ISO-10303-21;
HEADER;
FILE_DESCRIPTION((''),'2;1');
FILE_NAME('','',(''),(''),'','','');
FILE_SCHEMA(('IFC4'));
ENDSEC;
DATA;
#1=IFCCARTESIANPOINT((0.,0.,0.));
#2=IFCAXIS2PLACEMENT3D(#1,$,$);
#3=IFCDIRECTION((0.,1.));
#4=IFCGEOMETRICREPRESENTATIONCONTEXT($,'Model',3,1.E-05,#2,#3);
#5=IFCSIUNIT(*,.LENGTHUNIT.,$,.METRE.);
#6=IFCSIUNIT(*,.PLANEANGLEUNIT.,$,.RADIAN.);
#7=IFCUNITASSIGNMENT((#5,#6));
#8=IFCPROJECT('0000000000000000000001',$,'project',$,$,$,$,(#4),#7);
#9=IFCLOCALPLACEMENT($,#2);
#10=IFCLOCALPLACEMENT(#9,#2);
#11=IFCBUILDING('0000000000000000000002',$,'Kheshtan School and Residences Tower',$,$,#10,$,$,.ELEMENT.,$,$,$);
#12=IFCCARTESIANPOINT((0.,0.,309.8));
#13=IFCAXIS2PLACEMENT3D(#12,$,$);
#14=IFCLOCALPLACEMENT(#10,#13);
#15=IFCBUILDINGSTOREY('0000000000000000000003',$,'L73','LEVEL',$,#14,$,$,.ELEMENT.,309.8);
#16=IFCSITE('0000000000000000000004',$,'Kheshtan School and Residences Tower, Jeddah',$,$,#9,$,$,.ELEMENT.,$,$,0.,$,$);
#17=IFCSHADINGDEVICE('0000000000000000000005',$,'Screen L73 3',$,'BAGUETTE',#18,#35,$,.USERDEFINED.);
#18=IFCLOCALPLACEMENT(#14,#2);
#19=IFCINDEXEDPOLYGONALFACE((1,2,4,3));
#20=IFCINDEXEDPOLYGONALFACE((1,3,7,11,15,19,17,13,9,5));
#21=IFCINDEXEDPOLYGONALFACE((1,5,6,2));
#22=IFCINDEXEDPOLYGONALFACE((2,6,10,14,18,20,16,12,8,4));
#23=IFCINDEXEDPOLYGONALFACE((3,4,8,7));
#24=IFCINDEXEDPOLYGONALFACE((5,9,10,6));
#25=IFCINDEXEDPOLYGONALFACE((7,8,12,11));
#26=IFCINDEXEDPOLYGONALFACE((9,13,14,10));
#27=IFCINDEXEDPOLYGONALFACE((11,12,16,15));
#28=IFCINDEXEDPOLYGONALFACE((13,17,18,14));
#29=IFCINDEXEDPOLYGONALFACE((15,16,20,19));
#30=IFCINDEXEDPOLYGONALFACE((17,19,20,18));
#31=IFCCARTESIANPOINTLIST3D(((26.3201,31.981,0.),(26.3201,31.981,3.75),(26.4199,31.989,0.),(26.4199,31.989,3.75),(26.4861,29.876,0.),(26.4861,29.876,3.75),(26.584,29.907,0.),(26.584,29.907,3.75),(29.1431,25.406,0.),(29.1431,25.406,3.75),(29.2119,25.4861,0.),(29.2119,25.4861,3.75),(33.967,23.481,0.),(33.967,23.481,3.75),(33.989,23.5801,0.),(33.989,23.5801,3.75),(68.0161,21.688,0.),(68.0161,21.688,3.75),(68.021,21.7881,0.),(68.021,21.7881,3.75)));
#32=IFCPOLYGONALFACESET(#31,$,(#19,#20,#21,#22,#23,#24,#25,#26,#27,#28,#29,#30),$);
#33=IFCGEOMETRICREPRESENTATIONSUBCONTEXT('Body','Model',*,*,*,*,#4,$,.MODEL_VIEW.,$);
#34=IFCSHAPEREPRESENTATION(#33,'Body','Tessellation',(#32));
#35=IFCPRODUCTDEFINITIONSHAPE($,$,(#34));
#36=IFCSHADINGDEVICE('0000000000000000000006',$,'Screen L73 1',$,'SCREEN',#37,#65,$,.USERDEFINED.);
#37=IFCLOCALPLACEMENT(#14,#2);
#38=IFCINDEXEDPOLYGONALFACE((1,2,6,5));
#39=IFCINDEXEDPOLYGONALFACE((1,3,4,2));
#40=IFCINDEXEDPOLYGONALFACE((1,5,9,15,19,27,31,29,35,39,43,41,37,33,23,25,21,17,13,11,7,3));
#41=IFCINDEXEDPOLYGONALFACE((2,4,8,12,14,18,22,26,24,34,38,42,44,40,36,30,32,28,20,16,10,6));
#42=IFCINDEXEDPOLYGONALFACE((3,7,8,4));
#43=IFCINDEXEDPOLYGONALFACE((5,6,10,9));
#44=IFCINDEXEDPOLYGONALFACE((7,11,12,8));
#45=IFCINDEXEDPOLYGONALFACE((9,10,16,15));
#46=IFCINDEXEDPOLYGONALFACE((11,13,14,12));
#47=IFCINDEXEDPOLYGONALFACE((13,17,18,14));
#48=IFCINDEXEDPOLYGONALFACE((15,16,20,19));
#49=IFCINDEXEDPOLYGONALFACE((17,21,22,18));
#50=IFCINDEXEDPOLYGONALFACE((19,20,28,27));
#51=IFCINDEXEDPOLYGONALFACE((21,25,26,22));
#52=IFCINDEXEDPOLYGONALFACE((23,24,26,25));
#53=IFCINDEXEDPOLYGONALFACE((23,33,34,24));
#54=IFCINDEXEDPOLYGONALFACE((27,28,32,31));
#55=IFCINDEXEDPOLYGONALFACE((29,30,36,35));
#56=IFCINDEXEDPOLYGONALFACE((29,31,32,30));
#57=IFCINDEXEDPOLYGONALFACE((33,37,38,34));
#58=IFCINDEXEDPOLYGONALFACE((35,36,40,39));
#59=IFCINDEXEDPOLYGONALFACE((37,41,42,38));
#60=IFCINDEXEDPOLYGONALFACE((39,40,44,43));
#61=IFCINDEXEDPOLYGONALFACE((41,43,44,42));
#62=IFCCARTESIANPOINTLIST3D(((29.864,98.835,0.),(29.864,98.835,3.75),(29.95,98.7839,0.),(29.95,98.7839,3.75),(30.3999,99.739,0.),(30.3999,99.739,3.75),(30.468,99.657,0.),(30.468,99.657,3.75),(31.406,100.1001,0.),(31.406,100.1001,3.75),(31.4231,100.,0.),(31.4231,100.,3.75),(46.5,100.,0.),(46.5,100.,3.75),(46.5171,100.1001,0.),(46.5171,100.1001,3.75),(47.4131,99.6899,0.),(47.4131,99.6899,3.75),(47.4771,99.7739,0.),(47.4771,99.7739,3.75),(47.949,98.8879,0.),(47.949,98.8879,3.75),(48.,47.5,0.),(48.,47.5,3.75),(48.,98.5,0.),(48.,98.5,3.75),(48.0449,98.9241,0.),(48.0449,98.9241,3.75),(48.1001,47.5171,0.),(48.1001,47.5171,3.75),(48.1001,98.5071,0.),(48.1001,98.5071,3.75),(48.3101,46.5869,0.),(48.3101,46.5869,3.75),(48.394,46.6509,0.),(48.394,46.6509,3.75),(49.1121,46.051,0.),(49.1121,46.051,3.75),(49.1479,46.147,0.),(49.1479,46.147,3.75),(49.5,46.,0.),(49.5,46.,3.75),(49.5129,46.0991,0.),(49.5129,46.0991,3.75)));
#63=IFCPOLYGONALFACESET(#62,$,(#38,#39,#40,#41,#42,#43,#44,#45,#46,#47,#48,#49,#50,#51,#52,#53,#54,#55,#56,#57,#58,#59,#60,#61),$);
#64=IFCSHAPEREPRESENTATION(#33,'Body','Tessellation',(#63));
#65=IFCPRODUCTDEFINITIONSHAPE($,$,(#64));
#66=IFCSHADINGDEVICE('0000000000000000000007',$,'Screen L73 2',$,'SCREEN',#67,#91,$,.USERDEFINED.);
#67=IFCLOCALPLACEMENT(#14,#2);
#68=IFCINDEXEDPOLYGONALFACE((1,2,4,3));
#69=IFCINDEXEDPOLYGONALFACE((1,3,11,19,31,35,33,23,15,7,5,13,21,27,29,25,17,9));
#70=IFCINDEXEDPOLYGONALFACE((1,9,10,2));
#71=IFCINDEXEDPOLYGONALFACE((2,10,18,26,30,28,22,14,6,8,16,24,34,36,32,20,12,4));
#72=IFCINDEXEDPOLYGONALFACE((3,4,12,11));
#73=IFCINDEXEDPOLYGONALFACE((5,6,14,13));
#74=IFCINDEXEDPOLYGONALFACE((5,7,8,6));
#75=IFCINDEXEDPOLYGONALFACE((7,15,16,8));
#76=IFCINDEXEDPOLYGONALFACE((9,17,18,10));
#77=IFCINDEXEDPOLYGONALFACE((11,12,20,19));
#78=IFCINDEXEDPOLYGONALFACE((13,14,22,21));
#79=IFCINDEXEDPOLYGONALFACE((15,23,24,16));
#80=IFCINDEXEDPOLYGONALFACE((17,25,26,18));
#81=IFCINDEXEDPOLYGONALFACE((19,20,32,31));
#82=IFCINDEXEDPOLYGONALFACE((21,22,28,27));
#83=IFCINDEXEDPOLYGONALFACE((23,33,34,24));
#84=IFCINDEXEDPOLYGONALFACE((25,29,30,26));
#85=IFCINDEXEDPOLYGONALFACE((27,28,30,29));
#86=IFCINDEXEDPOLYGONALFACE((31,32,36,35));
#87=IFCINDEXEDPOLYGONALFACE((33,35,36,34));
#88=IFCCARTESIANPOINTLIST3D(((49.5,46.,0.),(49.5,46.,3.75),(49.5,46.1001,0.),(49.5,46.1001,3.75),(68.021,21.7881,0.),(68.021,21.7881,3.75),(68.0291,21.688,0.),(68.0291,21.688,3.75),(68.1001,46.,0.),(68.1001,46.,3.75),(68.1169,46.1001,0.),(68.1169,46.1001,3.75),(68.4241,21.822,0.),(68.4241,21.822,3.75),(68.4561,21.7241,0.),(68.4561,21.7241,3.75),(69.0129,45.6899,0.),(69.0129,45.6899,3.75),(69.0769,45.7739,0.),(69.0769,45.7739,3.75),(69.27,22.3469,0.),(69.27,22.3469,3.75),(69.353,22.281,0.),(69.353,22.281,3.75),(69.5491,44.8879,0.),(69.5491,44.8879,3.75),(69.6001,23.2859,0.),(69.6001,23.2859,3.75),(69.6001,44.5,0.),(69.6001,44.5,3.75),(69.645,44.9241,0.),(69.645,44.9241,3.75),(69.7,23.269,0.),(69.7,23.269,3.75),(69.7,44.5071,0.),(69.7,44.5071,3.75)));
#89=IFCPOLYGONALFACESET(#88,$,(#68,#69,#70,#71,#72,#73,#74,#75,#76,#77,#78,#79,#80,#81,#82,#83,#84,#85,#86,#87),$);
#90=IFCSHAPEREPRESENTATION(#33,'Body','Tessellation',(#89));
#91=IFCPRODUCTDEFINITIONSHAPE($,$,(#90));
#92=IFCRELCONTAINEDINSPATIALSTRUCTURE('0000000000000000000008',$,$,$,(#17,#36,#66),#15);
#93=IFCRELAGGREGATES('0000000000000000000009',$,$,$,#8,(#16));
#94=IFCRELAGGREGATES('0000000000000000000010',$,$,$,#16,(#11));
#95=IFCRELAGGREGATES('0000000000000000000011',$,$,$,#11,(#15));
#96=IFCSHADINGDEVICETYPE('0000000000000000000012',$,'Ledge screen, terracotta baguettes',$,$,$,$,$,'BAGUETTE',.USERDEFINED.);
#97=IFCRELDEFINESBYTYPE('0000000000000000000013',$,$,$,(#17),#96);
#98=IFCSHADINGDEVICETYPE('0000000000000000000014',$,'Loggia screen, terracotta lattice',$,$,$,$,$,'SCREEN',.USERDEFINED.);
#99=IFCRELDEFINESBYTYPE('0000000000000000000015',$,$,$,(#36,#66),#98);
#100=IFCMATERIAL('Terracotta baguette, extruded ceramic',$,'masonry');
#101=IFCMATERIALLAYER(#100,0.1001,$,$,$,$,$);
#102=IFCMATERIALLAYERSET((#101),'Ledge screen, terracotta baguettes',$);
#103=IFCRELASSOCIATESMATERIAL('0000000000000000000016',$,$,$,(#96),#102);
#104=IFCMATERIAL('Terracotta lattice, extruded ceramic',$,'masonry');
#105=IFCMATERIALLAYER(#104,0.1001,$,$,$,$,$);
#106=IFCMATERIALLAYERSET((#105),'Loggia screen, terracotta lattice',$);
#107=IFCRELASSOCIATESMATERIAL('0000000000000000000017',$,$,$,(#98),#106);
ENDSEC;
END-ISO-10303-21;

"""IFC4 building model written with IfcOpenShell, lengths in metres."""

from ifc_helpers import new_model, si_unit, direction, frame, origin, place, context, subcontext, project, spatial, polyline, outline, extrude, material, layer, layer_set, type_object, element, save


model = new_model("IFC4")

# Units and contexts
model_context = context("Model", 3, precision=1e-05, world=origin(), true_north=direction((0.0, 1.0)))
body_context = subcontext(model_context, "Body", "Model", "MODEL_VIEW")
ifc_project = project(units=[si_unit("LENGTHUNIT", "METRE"), si_unit("PLANEANGLEUNIT", "RADIAN")], contexts=[model_context])

# Site, building, storey
site_placement = place(None, origin())
site = spatial("IfcSite", under=ifc_project, at=site_placement, Name="Kheshtan School and Residences Tower, Jeddah", CompositionType="ELEMENT", RefElevation=0.0)
building_placement = place(site_placement, origin())
building = spatial("IfcBuilding", under=site, at=building_placement, Name="Kheshtan School and Residences Tower", CompositionType="ELEMENT")
storey_placement = place(building_placement, frame((0.0, 0.0, 309.8)))
storey = spatial("IfcBuildingStorey", under=building, at=storey_placement, Name="L73", Description="LEVEL", CompositionType="ELEMENT", Elevation=309.8)

# Shading devices
ifc_material_1 = material(Name="Terracotta baguette, extruded ceramic", Category="masonry")
ifc_layer_1 = layer(ifc_material_1, 0.1001)
ifc_layer_set_1 = layer_set([ifc_layer_1], Name="Ledge screen, terracotta baguettes")
shading_device_type_1 = type_object("IfcShadingDeviceType", Name="Ledge screen, terracotta baguettes", ElementType="BAGUETTE", PredefinedType="USERDEFINED", material=ifc_layer_set_1)
shading_device_1_placement = place(storey_placement, origin())
element("IfcShadingDevice", 1, at=shading_device_1_placement, inside=storey, type_object=shading_device_type_1, Name="Screen L73 3", ObjectType="BAGUETTE", PredefinedType="USERDEFINED", context=body_context, shape_type="SweptSolid", body=[
    extrude(outline(polyline([(68.021, 21.7881), (33.989, 23.5801), (29.2119, 25.4861), (26.584, 29.907), (26.4199, 31.989), (26.3201, 31.981), (26.4861, 29.876), (29.1431, 25.406), (33.967, 23.481), (68.0161, 21.688), (68.021, 21.7881)])), origin(), (0.0, 0.0, 1.0), 3.75),
])
ifc_material_2 = material(Name="Terracotta lattice, extruded ceramic", Category="masonry")
ifc_layer_2 = layer(ifc_material_2, 0.1001)
ifc_layer_set_2 = layer_set([ifc_layer_2], Name="Loggia screen, terracotta lattice")
shading_device_type_2 = type_object("IfcShadingDeviceType", Name="Loggia screen, terracotta lattice", ElementType="SCREEN", PredefinedType="USERDEFINED", material=ifc_layer_set_2)
shading_device_2_placement = place(storey_placement, origin())
element("IfcShadingDevice", 2, at=shading_device_2_placement, inside=storey, type_object=shading_device_type_2, Name="Screen L73 1", ObjectType="SCREEN", PredefinedType="USERDEFINED", context=body_context, shape_type="SweptSolid", body=[
    extrude(outline(polyline([(29.95, 98.7839), (30.468, 99.657), (31.4231, 100.0), (46.5, 100.0), (47.4131, 99.6899), (47.949, 98.8879), (48.0, 98.5), (48.0, 47.5), (48.3101, 46.5869), (49.1121, 46.051), (49.5, 46.0), (49.5129, 46.0991), (49.1479, 46.147), (48.394, 46.6509), (48.1001, 47.5171), (48.1001, 98.5071), (48.0449, 98.9241), (47.4771, 99.7739), (46.5171, 100.1001), (31.406, 100.1001), (30.3999, 99.739), (29.864, 98.835), (29.95, 98.7839)])), origin(), (0.0, 0.0, 1.0), 3.75),
])
shading_device_3_placement = place(storey_placement, origin())
element("IfcShadingDevice", 3, at=shading_device_3_placement, inside=storey, type_object=shading_device_type_2, Name="Screen L73 2", ObjectType="SCREEN", PredefinedType="USERDEFINED", context=body_context, shape_type="SweptSolid", body=[
    extrude(outline(polyline([(49.5, 46.0), (68.1001, 46.0), (69.0129, 45.6899), (69.5491, 44.8879), (69.6001, 44.5), (69.6001, 23.2859), (69.27, 22.3469), (68.4241, 21.822), (68.021, 21.7881), (68.0291, 21.688), (68.4561, 21.7241), (69.353, 22.281), (69.7, 23.269), (69.7, 44.5071), (69.645, 44.9241), (69.0769, 45.7739), (68.1169, 46.1001), (49.5, 46.1001), (49.5, 46.0)])), origin(), (0.0, 0.0, 1.0), 3.75),
])

save(model, "model.ifc")
